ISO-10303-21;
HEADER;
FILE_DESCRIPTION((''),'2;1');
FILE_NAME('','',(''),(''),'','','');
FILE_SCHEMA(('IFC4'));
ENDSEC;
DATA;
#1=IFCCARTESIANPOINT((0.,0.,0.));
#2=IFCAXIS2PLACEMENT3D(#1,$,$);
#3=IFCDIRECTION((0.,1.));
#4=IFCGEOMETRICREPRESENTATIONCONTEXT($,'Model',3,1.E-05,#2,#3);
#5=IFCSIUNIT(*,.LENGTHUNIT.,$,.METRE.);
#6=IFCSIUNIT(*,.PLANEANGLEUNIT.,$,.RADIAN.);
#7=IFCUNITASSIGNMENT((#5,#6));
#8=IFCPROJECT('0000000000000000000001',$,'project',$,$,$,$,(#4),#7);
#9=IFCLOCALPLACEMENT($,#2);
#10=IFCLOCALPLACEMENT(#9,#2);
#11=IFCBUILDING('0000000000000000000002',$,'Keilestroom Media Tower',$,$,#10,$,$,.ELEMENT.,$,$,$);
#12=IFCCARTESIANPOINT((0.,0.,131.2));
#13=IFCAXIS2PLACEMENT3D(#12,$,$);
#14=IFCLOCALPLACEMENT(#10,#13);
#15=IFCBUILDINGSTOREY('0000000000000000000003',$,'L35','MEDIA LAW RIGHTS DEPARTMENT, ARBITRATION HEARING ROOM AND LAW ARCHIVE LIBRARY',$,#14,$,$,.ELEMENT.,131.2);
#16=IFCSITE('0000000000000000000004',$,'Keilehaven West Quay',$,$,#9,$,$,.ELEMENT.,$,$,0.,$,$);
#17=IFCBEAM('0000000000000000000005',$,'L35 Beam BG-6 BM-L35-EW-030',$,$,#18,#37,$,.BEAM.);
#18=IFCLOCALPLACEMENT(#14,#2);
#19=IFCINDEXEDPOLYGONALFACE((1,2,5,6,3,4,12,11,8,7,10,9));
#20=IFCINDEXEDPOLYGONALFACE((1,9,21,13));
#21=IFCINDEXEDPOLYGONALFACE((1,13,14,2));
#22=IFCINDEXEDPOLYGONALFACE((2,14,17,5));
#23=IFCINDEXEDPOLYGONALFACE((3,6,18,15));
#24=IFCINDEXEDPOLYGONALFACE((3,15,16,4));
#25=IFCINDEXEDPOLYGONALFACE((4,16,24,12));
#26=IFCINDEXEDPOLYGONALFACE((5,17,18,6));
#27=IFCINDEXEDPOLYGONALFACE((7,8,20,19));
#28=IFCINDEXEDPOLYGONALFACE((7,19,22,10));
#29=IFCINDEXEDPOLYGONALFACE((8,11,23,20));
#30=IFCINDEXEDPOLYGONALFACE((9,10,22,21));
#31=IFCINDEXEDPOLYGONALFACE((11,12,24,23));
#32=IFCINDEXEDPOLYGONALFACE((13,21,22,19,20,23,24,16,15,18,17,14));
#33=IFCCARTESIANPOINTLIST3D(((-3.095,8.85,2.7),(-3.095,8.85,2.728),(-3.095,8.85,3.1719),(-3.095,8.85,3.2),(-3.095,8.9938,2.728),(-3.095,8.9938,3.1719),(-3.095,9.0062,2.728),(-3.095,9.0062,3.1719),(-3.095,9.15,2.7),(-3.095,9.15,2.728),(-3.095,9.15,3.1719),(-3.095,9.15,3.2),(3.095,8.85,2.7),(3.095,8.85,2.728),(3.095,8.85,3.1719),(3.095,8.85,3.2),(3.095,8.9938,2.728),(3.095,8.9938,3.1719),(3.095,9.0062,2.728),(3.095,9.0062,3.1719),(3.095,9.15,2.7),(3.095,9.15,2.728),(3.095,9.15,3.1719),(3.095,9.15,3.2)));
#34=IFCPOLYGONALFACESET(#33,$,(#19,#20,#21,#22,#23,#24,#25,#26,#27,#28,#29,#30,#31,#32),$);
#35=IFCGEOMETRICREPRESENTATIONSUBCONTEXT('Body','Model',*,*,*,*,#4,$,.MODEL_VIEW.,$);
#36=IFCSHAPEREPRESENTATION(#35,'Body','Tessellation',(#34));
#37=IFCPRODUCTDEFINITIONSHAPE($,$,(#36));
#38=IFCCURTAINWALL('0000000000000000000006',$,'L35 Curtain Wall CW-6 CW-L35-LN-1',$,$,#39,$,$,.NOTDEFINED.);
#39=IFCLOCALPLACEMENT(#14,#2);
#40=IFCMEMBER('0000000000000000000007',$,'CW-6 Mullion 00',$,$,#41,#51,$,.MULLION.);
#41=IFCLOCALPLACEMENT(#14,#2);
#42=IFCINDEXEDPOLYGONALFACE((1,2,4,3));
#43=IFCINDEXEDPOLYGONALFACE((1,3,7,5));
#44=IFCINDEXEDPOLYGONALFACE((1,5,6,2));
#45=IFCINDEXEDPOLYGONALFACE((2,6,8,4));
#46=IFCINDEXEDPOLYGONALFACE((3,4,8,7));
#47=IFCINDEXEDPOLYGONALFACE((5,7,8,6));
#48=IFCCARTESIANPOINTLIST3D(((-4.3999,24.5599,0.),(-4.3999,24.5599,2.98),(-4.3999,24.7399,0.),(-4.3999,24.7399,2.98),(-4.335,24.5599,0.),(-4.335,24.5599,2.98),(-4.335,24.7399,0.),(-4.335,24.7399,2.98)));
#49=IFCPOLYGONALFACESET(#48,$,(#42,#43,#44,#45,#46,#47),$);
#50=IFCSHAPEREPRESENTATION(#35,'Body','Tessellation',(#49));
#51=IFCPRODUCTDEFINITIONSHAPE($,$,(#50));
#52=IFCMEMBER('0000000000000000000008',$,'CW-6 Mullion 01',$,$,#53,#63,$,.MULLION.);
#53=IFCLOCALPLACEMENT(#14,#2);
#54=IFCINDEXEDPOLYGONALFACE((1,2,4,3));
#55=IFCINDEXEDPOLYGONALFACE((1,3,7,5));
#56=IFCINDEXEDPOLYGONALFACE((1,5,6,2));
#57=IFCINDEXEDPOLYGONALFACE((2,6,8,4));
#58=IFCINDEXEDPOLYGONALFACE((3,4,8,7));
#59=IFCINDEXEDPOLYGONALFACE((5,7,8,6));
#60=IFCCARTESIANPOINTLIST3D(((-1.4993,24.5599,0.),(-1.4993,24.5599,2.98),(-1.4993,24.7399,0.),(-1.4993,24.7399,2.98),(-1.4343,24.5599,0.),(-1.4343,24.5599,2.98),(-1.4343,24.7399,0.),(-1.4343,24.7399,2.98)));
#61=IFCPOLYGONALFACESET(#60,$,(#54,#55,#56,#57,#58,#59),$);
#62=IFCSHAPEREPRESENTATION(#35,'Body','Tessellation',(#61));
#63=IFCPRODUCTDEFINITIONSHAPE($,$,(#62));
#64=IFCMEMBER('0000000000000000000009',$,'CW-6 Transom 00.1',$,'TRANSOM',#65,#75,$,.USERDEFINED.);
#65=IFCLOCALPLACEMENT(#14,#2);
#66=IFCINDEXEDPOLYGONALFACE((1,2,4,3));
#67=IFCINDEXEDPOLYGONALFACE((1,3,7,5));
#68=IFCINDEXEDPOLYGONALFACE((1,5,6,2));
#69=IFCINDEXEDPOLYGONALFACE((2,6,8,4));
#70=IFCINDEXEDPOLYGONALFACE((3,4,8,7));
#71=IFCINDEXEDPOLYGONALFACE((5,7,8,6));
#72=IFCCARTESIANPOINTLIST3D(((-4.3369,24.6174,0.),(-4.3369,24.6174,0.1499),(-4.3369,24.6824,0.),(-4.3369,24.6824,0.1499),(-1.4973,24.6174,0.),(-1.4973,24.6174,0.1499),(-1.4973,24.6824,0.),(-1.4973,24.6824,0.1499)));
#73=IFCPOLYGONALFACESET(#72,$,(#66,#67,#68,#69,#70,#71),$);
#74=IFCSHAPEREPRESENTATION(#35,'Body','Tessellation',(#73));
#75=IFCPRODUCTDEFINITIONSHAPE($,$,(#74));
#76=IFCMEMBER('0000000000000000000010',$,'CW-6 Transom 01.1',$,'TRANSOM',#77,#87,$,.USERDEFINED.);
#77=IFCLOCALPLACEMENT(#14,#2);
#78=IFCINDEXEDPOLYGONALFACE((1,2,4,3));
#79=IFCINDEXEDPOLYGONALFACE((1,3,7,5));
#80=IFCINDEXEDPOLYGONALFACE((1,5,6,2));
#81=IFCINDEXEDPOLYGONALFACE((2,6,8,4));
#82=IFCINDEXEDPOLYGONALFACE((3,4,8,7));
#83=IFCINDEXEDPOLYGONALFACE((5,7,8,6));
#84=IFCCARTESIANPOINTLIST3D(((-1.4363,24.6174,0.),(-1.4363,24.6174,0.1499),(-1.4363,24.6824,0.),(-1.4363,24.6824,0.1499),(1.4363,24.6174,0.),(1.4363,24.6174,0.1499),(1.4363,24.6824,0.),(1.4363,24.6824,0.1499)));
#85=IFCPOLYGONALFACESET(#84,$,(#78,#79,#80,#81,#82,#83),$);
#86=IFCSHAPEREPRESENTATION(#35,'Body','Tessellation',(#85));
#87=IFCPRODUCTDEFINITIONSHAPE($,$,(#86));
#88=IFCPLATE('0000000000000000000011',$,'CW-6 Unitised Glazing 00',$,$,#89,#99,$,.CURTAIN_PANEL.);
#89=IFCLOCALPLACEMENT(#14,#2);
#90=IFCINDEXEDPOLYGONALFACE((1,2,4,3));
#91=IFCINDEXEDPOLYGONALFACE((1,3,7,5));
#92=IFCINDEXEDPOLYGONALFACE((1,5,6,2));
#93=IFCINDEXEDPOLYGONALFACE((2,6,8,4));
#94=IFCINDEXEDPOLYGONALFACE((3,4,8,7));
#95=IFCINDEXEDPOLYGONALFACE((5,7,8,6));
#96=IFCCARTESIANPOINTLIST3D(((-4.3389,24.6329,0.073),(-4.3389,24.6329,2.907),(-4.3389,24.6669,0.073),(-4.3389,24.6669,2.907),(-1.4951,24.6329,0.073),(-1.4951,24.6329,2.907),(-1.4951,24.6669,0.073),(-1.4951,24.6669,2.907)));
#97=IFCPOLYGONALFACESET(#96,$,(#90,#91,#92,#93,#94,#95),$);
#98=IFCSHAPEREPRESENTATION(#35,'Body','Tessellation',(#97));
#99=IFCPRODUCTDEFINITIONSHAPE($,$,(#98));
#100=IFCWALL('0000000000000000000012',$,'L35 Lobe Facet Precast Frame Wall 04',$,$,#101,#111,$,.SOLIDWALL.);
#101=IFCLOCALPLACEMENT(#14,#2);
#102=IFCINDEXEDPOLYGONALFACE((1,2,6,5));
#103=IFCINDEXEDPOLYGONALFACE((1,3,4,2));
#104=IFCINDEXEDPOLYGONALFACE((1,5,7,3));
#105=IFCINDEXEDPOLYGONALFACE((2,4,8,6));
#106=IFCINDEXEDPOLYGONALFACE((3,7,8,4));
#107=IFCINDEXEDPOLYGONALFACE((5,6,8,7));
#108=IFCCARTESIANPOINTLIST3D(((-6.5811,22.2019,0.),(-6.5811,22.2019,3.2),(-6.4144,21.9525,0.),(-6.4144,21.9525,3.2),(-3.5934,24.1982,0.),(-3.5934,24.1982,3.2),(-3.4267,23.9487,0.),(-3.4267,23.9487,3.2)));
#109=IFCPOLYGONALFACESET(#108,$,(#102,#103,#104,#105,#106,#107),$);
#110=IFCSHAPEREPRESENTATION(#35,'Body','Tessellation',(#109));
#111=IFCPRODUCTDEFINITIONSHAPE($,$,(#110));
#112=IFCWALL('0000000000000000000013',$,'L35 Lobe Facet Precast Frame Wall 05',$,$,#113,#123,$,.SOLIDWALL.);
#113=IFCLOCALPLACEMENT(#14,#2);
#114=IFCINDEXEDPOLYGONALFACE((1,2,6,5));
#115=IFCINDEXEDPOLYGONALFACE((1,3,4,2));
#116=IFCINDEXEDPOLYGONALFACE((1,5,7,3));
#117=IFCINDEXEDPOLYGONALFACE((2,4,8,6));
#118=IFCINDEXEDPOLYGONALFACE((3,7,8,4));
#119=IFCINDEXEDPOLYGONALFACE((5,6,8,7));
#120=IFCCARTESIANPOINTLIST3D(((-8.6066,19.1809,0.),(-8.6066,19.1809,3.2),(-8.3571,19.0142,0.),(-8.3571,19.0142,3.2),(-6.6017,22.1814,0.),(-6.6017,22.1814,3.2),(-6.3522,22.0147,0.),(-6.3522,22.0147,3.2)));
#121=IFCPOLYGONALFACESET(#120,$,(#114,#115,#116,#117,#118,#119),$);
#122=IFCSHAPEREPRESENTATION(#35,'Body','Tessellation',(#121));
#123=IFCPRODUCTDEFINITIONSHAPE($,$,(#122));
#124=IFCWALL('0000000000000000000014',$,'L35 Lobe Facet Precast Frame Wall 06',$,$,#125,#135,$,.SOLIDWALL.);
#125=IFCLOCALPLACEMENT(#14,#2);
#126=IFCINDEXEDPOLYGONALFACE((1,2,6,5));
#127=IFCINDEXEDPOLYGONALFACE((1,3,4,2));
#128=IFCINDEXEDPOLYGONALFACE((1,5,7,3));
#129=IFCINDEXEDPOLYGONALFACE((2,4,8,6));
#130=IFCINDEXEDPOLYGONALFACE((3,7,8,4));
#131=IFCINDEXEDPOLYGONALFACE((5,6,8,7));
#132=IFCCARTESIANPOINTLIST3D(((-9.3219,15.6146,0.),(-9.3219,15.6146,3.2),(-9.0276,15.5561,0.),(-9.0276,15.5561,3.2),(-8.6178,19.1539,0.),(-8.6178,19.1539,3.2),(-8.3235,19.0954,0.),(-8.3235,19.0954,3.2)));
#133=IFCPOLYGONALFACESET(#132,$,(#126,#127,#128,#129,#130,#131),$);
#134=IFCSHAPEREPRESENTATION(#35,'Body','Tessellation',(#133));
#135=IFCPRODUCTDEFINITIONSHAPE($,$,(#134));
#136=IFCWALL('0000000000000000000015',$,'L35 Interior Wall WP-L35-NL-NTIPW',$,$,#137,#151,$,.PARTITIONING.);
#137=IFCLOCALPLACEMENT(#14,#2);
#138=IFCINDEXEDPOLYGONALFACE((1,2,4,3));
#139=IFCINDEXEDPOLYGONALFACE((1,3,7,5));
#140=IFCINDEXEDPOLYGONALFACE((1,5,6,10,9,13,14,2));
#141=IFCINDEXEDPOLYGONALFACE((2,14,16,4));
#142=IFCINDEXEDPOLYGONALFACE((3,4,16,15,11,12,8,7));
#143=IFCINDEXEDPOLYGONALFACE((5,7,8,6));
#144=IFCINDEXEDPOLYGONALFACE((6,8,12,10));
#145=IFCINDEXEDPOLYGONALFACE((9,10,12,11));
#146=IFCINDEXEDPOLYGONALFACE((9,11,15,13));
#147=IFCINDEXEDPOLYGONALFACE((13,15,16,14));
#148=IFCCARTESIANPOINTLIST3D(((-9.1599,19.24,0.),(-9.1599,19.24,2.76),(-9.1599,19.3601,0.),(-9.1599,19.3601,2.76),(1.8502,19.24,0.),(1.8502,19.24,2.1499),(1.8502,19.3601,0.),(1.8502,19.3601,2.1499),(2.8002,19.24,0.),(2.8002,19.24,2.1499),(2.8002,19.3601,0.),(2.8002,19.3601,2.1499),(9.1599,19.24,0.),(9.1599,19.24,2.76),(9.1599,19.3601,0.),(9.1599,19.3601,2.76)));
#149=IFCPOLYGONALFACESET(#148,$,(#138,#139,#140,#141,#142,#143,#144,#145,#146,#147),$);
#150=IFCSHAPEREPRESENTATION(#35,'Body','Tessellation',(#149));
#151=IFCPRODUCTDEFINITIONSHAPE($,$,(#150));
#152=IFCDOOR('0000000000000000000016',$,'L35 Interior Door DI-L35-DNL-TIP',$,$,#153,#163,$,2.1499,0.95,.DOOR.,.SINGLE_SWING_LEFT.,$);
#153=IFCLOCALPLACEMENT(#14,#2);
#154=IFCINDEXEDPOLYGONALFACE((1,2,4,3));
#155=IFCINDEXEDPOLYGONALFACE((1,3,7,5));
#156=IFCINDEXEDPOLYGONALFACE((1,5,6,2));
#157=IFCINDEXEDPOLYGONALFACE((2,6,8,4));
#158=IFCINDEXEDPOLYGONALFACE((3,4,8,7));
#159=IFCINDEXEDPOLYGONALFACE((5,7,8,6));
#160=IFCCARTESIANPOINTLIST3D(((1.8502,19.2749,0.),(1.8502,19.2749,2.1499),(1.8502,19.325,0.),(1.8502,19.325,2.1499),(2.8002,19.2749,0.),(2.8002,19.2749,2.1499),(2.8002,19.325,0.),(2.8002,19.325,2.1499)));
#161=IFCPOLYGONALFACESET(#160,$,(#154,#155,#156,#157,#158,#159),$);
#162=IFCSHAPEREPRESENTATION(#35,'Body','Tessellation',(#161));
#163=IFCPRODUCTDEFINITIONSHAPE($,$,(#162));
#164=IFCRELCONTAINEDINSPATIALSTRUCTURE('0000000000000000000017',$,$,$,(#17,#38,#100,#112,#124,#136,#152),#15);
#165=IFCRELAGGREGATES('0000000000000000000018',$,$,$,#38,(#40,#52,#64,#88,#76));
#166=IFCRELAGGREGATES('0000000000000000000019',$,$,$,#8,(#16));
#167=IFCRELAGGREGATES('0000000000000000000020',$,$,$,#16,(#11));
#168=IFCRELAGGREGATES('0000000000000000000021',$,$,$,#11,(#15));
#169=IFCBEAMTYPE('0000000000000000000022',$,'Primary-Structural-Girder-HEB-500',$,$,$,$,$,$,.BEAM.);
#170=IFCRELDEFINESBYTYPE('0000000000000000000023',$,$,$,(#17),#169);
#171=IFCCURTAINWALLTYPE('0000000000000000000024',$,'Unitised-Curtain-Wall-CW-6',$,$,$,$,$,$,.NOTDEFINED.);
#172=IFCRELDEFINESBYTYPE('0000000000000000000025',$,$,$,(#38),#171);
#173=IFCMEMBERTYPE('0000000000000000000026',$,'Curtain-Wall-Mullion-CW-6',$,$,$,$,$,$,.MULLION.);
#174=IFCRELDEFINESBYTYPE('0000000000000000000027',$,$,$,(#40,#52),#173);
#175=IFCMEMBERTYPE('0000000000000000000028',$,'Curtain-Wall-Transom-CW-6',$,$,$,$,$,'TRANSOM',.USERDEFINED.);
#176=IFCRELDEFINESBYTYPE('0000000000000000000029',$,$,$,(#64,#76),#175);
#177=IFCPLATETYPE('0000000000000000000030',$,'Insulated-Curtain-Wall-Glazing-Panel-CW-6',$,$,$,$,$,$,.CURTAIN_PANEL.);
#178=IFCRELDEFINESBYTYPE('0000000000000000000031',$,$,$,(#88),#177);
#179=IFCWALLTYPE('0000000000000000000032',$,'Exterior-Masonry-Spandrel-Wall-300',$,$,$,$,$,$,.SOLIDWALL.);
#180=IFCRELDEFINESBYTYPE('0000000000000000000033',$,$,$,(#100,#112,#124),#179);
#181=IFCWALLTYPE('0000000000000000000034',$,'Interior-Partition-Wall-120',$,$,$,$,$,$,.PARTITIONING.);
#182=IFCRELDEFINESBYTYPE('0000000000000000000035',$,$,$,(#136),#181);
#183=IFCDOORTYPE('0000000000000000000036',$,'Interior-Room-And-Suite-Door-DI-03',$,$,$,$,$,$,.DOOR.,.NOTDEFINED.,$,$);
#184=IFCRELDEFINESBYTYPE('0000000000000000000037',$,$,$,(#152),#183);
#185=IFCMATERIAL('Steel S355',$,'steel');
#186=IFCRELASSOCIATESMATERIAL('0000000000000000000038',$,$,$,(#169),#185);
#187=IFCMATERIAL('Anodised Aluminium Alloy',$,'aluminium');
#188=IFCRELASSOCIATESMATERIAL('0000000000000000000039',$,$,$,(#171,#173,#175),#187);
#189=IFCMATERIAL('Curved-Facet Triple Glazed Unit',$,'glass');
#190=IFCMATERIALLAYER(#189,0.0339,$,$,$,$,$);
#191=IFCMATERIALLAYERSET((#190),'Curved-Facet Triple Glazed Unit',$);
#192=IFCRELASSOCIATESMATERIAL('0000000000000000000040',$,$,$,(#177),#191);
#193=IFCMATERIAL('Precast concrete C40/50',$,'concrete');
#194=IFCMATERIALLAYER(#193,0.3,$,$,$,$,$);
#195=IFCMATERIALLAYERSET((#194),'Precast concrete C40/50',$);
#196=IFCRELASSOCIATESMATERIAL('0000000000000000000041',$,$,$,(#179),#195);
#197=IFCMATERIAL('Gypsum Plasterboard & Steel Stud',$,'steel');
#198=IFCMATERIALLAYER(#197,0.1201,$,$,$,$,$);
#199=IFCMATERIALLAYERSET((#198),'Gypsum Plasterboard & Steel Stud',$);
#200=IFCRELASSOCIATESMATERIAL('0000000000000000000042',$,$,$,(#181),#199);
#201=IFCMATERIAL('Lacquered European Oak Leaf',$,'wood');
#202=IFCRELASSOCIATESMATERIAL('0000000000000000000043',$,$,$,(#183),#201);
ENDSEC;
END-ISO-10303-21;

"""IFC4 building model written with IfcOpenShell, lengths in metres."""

from ifc_helpers import new_model, si_unit, direction, frame, frame_2d, origin, origin_2d, place, context, subcontext, project, spatial, rectangle, i_section, extrude, source, transform, mapped, material, layer, layer_set, material_profile, profile_set, type_object, element, fill, aggregate, save


model = new_model("IFC4")

# Units and contexts
model_context = context("Model", 3, precision=1e-05, world=origin(), true_north=direction((0.0, 1.0)))
body_context = subcontext(model_context, "Body", "Model", "MODEL_VIEW")
ifc_project = project(units=[si_unit("LENGTHUNIT", "METRE"), si_unit("PLANEANGLEUNIT", "RADIAN")], contexts=[model_context])

# Site, building, storey
site_placement = place(None, origin())
site = spatial("IfcSite", under=ifc_project, at=site_placement, Name="Keilehaven West Quay", CompositionType="ELEMENT", RefElevation=0.0)
building_placement = place(site_placement, origin())
building = spatial("IfcBuilding", under=site, at=building_placement, Name="Keilestroom Media Tower", CompositionType="ELEMENT")
storey_placement = place(building_placement, frame((0.0, 0.0, 131.2)))
storey = spatial("IfcBuildingStorey", under=building, at=storey_placement, Name="L35", Description="MEDIA LAW RIGHTS DEPARTMENT, ARBITRATION HEARING ROOM AND LAW ARCHIVE LIBRARY", CompositionType="ELEMENT", Elevation=131.2)

# Shared definitions
ifc_material_1 = material(Name="Steel S355", Category="steel")

# Beam
ifc_material_profile_1 = material_profile(ifc_material_1, i_section(OverallWidth=0.3, OverallDepth=0.5, WebThickness=0.0125, FlangeThickness=0.0281, at=origin_2d()), Name="HEB 500")
ifc_profile_set_1 = profile_set([ifc_material_profile_1], Name="Steel S355")
beam_type = type_object("IfcBeamType", Name="Primary-Structural-Girder-HEB-500", PredefinedType="BEAM", material=ifc_profile_set_1)
shared_shape_1 = source(origin(), body_context, "Body", "SweptSolid", [
    extrude(i_section(OverallWidth=0.3, OverallDepth=0.5, WebThickness=0.0125, FlangeThickness=0.0281, at=origin_2d()), origin(), (0.0, 0.0, 1.0), 6.1899),
])
beam_1_placement = place(storey_placement, frame((-3.095, 9.0, 2.95), z_axis=(1.0, 0.0, 0.0), x_axis=(0.0, 1.0, 0.0)))
element("IfcBeam", 1, at=beam_1_placement, inside=storey, type_object=beam_type, Name="L35 Beam BG-6 BM-L35-EW-030", PredefinedType="BEAM", context=body_context, shape_type="MappedRepresentation", body=[
    mapped(shared_shape_1, transform((0.0, 0.0, 0.0), x_axis=(1.0, 0.0, 0.0), y_axis=(0.0, 1.0, 0.0), z_axis=(0.0, 0.0, 1.0), scale=1.0)),
])

# Curtain wall, members, plate
ifc_material_2 = material(Name="Anodised Aluminium Alloy", Category="aluminium")
curtain_wall_type = type_object("IfcCurtainWallType", Name="Unitised-Curtain-Wall-CW-6", PredefinedType="NOTDEFINED", material=ifc_material_2)
curtain_wall_placement = place(storey_placement, origin())
curtain_wall = element("IfcCurtainWall", 2, at=curtain_wall_placement, inside=storey, type_object=curtain_wall_type, Name="L35 Curtain Wall CW-6 CW-L35-LN-1", PredefinedType="NOTDEFINED")
ifc_material_profile_2 = material_profile(ifc_material_2, rectangle(XDim=0.0649, YDim=0.1799, at=origin_2d()), Name="ALU MULLION 65x180")
ifc_profile_set_2 = profile_set([ifc_material_profile_2], Name="Anodised Aluminium Alloy")
member_type_1 = type_object("IfcMemberType", Name="Curtain-Wall-Mullion-CW-6", PredefinedType="MULLION", material=ifc_profile_set_2)
shared_shape_2 = source(origin(), body_context, "Body", "SweptSolid", [
    extrude(rectangle(XDim=0.0649, YDim=0.1799, at=origin_2d()), origin(), (0.0, 0.0, 1.0), 2.98),
])
member_1_placement = place(storey_placement, frame((-4.3674, 24.6499, 0.0), z_axis=(0.0, 0.0, 1.0), x_axis=(1.0, 0.0, 0.0)))
member_1 = element("IfcMember", 3, at=member_1_placement, type_object=member_type_1, Name="CW-6 Mullion 00", PredefinedType="MULLION", context=body_context, shape_type="MappedRepresentation", body=[
    mapped(shared_shape_2, transform((0.0, 0.0, 0.0), x_axis=(1.0, 0.0, 0.0), y_axis=(0.0, 1.0, 0.0), z_axis=(0.0, 0.0, 1.0), scale=1.0)),
])
member_2_placement = place(storey_placement, frame((-1.4668, 24.6499, 0.0), z_axis=(0.0, 0.0, 1.0), x_axis=(1.0, 0.0, 0.0)))
member_2 = element("IfcMember", 4, at=member_2_placement, type_object=member_type_1, Name="CW-6 Mullion 01", PredefinedType="MULLION", context=body_context, shape_type="MappedRepresentation", body=[
    mapped(shared_shape_2, transform((0.0, 0.0, 0.0), x_axis=(1.0, 0.0, 0.0), y_axis=(0.0, 1.0, 0.0), z_axis=(0.0, 0.0, 1.0), scale=1.0)),
])
ifc_material_profile_3 = material_profile(ifc_material_2, rectangle(XDim=0.0649, YDim=0.1499, at=origin_2d()), Name="ALU TRANSOM 65x150")
ifc_profile_set_3 = profile_set([ifc_material_profile_3], Name="Anodised Aluminium Alloy")
member_type_2 = type_object("IfcMemberType", Name="Curtain-Wall-Transom-CW-6", ElementType="TRANSOM", PredefinedType="USERDEFINED", material=ifc_profile_set_3)
shared_shape_3 = source(origin(), body_context, "Body", "SweptSolid", [
    extrude(rectangle(XDim=0.0649, YDim=0.1499, at=origin_2d()), origin(), (0.0, 0.0, 1.0), 2.8396),
])
member_3_placement = place(storey_placement, frame((-4.3369, 24.6499, 0.075), z_axis=(1.0, 0.0, 0.0), x_axis=(0.0, 1.0, 0.0)))
member_3 = element("IfcMember", 5, at=member_3_placement, type_object=member_type_2, Name="CW-6 Transom 00.1", ObjectType="TRANSOM", PredefinedType="USERDEFINED", context=body_context, shape_type="MappedRepresentation", body=[
    mapped(shared_shape_3, transform((0.0, 0.0, 0.0), x_axis=(1.0, 0.0, 0.0), y_axis=(0.0, 1.0, 0.0), z_axis=(0.0, 0.0, 1.0), scale=1.0)),
])
shared_shape_4 = source(origin(), body_context, "Body", "SweptSolid", [
    extrude(rectangle(XDim=0.0649, YDim=0.1499, at=origin_2d()), origin(), (0.0, 0.0, 1.0), 2.8726),
])
member_4_placement = place(storey_placement, frame((-1.4363, 24.6499, 0.075), z_axis=(1.0, 0.0, 0.0), x_axis=(0.0, 1.0, 0.0)))
member_4 = element("IfcMember", 6, at=member_4_placement, type_object=member_type_2, Name="CW-6 Transom 01.1", ObjectType="TRANSOM", PredefinedType="USERDEFINED", context=body_context, shape_type="MappedRepresentation", body=[
    mapped(shared_shape_4, transform((0.0, 0.0, 0.0), x_axis=(1.0, 0.0, 0.0), y_axis=(0.0, 1.0, 0.0), z_axis=(0.0, 0.0, 1.0), scale=1.0)),
])
ifc_material_3 = material(Name="Curved-Facet Triple Glazed Unit", Category="glass")
ifc_layer_1 = layer(ifc_material_3, 0.0339)
ifc_layer_set_1 = layer_set([ifc_layer_1], Name="Curved-Facet Triple Glazed Unit")
plate_type = type_object("IfcPlateType", Name="Insulated-Curtain-Wall-Glazing-Panel-CW-6", PredefinedType="CURTAIN_PANEL", material=ifc_layer_set_1)
shared_shape_5 = source(origin(), body_context, "Body", "SweptSolid", [
    extrude(rectangle(XDim=2.8438, YDim=0.0339, at=origin_2d()), origin(), (0.0, 0.0, 1.0), 2.834),
])
plate_placement = place(storey_placement, frame((-2.917, 24.6499, 0.073), z_axis=(0.0, 0.0, 1.0), x_axis=(1.0, 0.0, 0.0)))
plate = element("IfcPlate", 7, at=plate_placement, type_object=plate_type, Name="CW-6 Unitised Glazing 00", PredefinedType="CURTAIN_PANEL", context=body_context, shape_type="MappedRepresentation", body=[
    mapped(shared_shape_5, transform((0.0, 0.0, 0.0), x_axis=(1.0, 0.0, 0.0), y_axis=(0.0, 1.0, 0.0), z_axis=(0.0, 0.0, 1.0), scale=1.0)),
])
aggregate(curtain_wall, [member_1, member_2, member_3, plate, member_4])

# Walls
ifc_material_4 = material(Name="Precast concrete C40/50", Category="concrete")
ifc_layer_2 = layer(ifc_material_4, 0.3)
ifc_layer_set_2 = layer_set([ifc_layer_2], Name="Precast concrete C40/50")
wall_type_1 = type_object("IfcWallType", Name="Exterior-Masonry-Spandrel-Wall-300", PredefinedType="SOLIDWALL", material=ifc_layer_set_2)
wall_1_placement = place(storey_placement, frame((-3.51, 24.0735, 0.0), z_axis=(0.0, 0.0, 1.0), x_axis=(-0.831475, -0.555562, 0.0)))
element("IfcWall", 8, at=wall_1_placement, inside=storey, type_object=wall_type_1, Name="L35 Lobe Facet Precast Frame Wall 04", PredefinedType="SOLIDWALL", context=body_context, shape_type="SweptSolid", body=[
    extrude(rectangle(XDim=3.5933, YDim=0.3, at=frame_2d((1.7966, 0.0))), origin(), (0.0, 0.0, 1.0), 3.2),
])
for number, where, z_axis, x_axis, name in (
    (9, (-6.4771, 22.0979, 0.0), (0.0, 0.0, 1.0), (-0.555574, -0.831467, 0.0), "L35 Lobe Facet Precast Frame Wall 05"),
    (10, (-8.4707, 19.1245, 0.0), (0.0, 0.0, 1.0), (-0.195114, -0.980781, 0.0), "L35 Lobe Facet Precast Frame Wall 06"),
):
    element("IfcWall", number, at=place(storey_placement, frame(where, z_axis=z_axis, x_axis=x_axis)), inside=storey, type_object=wall_type_1, Name=name, PredefinedType="SOLIDWALL", context=body_context, shape_type="SweptSolid", body=[
        extrude(rectangle(XDim=3.6086, YDim=0.3, at=frame_2d((1.8042, 0.0))), origin(), (0.0, 0.0, 1.0), 3.2),
    ])

# Wall, opening, door
ifc_material_5 = material(Name="Gypsum Plasterboard & Steel Stud", Category="steel")
ifc_layer_3 = layer(ifc_material_5, 0.1201)
ifc_layer_set_3 = layer_set([ifc_layer_3], Name="Gypsum Plasterboard & Steel Stud")
wall_type_2 = type_object("IfcWallType", Name="Interior-Partition-Wall-120", PredefinedType="PARTITIONING", material=ifc_layer_set_3)
wall_2_placement = place(storey_placement, frame((-9.1599, 19.3, 0.0), z_axis=(0.0, 0.0, 1.0), x_axis=(1.0, 0.0, 0.0)))
wall_2 = element("IfcWall", 11, at=wall_2_placement, inside=storey, type_object=wall_type_2, Name="L35 Interior Wall WP-L35-NL-NTIPW", PredefinedType="PARTITIONING", context=body_context, shape_type="SweptSolid", body=[
    extrude(rectangle(XDim=18.3198, YDim=0.1201, at=frame_2d((9.1599, 0.0))), origin(), (0.0, 0.0, 1.0), 2.76),
])
opening_placement = place(wall_2_placement, frame((11.01, 0.0, 0.0)))
opening = element("IfcOpeningElement", 12, at=opening_placement, cuts=wall_2, PredefinedType="OPENING", context=body_context, shape_type="SweptSolid", body=[
    extrude(rectangle(XDim=0.95, YDim=2.1499, at=frame_2d((0.4751, 1.075))), frame((0.0, 0.0701, 0.0), z_axis=(0.0, -1.0, 0.0), x_axis=(1.0, 0.0, 0.0)), (0.0, 0.0, 1.0), 0.1401),
])
ifc_material_6 = material(Name="Lacquered European Oak Leaf", Category="wood")
door_type = type_object("IfcDoorType", Name="Interior-Room-And-Suite-Door-DI-03", OperationType="NOTDEFINED", PredefinedType="DOOR", material=ifc_material_6)
shared_shape_6 = source(origin(), body_context, "Body", "SweptSolid", [
    extrude(rectangle(XDim=0.95, YDim=2.1499, at=frame_2d((0.4751, 1.075))), frame((0.0, 0.0249, 0.0), z_axis=(0.0, -1.0, 0.0), x_axis=(1.0, 0.0, 0.0)), (0.0, 0.0, 1.0), 0.05),
])
door_placement = place(opening_placement, origin())
door = element("IfcDoor", 13, at=door_placement, inside=storey, type_object=door_type, Name="L35 Interior Door DI-L35-DNL-TIP", OperationType="SINGLE_SWING_LEFT", OverallHeight=2.1499, OverallWidth=0.95, PredefinedType="DOOR", context=body_context, shape_type="MappedRepresentation", body=[
    mapped(shared_shape_6, transform((0.0, 0.0, 0.0), x_axis=(1.0, 0.0, 0.0), y_axis=(0.0, 1.0, 0.0), z_axis=(0.0, 0.0, 1.0), scale=1.0)),
])
fill(opening, door)

save(model, "model.ifc")
